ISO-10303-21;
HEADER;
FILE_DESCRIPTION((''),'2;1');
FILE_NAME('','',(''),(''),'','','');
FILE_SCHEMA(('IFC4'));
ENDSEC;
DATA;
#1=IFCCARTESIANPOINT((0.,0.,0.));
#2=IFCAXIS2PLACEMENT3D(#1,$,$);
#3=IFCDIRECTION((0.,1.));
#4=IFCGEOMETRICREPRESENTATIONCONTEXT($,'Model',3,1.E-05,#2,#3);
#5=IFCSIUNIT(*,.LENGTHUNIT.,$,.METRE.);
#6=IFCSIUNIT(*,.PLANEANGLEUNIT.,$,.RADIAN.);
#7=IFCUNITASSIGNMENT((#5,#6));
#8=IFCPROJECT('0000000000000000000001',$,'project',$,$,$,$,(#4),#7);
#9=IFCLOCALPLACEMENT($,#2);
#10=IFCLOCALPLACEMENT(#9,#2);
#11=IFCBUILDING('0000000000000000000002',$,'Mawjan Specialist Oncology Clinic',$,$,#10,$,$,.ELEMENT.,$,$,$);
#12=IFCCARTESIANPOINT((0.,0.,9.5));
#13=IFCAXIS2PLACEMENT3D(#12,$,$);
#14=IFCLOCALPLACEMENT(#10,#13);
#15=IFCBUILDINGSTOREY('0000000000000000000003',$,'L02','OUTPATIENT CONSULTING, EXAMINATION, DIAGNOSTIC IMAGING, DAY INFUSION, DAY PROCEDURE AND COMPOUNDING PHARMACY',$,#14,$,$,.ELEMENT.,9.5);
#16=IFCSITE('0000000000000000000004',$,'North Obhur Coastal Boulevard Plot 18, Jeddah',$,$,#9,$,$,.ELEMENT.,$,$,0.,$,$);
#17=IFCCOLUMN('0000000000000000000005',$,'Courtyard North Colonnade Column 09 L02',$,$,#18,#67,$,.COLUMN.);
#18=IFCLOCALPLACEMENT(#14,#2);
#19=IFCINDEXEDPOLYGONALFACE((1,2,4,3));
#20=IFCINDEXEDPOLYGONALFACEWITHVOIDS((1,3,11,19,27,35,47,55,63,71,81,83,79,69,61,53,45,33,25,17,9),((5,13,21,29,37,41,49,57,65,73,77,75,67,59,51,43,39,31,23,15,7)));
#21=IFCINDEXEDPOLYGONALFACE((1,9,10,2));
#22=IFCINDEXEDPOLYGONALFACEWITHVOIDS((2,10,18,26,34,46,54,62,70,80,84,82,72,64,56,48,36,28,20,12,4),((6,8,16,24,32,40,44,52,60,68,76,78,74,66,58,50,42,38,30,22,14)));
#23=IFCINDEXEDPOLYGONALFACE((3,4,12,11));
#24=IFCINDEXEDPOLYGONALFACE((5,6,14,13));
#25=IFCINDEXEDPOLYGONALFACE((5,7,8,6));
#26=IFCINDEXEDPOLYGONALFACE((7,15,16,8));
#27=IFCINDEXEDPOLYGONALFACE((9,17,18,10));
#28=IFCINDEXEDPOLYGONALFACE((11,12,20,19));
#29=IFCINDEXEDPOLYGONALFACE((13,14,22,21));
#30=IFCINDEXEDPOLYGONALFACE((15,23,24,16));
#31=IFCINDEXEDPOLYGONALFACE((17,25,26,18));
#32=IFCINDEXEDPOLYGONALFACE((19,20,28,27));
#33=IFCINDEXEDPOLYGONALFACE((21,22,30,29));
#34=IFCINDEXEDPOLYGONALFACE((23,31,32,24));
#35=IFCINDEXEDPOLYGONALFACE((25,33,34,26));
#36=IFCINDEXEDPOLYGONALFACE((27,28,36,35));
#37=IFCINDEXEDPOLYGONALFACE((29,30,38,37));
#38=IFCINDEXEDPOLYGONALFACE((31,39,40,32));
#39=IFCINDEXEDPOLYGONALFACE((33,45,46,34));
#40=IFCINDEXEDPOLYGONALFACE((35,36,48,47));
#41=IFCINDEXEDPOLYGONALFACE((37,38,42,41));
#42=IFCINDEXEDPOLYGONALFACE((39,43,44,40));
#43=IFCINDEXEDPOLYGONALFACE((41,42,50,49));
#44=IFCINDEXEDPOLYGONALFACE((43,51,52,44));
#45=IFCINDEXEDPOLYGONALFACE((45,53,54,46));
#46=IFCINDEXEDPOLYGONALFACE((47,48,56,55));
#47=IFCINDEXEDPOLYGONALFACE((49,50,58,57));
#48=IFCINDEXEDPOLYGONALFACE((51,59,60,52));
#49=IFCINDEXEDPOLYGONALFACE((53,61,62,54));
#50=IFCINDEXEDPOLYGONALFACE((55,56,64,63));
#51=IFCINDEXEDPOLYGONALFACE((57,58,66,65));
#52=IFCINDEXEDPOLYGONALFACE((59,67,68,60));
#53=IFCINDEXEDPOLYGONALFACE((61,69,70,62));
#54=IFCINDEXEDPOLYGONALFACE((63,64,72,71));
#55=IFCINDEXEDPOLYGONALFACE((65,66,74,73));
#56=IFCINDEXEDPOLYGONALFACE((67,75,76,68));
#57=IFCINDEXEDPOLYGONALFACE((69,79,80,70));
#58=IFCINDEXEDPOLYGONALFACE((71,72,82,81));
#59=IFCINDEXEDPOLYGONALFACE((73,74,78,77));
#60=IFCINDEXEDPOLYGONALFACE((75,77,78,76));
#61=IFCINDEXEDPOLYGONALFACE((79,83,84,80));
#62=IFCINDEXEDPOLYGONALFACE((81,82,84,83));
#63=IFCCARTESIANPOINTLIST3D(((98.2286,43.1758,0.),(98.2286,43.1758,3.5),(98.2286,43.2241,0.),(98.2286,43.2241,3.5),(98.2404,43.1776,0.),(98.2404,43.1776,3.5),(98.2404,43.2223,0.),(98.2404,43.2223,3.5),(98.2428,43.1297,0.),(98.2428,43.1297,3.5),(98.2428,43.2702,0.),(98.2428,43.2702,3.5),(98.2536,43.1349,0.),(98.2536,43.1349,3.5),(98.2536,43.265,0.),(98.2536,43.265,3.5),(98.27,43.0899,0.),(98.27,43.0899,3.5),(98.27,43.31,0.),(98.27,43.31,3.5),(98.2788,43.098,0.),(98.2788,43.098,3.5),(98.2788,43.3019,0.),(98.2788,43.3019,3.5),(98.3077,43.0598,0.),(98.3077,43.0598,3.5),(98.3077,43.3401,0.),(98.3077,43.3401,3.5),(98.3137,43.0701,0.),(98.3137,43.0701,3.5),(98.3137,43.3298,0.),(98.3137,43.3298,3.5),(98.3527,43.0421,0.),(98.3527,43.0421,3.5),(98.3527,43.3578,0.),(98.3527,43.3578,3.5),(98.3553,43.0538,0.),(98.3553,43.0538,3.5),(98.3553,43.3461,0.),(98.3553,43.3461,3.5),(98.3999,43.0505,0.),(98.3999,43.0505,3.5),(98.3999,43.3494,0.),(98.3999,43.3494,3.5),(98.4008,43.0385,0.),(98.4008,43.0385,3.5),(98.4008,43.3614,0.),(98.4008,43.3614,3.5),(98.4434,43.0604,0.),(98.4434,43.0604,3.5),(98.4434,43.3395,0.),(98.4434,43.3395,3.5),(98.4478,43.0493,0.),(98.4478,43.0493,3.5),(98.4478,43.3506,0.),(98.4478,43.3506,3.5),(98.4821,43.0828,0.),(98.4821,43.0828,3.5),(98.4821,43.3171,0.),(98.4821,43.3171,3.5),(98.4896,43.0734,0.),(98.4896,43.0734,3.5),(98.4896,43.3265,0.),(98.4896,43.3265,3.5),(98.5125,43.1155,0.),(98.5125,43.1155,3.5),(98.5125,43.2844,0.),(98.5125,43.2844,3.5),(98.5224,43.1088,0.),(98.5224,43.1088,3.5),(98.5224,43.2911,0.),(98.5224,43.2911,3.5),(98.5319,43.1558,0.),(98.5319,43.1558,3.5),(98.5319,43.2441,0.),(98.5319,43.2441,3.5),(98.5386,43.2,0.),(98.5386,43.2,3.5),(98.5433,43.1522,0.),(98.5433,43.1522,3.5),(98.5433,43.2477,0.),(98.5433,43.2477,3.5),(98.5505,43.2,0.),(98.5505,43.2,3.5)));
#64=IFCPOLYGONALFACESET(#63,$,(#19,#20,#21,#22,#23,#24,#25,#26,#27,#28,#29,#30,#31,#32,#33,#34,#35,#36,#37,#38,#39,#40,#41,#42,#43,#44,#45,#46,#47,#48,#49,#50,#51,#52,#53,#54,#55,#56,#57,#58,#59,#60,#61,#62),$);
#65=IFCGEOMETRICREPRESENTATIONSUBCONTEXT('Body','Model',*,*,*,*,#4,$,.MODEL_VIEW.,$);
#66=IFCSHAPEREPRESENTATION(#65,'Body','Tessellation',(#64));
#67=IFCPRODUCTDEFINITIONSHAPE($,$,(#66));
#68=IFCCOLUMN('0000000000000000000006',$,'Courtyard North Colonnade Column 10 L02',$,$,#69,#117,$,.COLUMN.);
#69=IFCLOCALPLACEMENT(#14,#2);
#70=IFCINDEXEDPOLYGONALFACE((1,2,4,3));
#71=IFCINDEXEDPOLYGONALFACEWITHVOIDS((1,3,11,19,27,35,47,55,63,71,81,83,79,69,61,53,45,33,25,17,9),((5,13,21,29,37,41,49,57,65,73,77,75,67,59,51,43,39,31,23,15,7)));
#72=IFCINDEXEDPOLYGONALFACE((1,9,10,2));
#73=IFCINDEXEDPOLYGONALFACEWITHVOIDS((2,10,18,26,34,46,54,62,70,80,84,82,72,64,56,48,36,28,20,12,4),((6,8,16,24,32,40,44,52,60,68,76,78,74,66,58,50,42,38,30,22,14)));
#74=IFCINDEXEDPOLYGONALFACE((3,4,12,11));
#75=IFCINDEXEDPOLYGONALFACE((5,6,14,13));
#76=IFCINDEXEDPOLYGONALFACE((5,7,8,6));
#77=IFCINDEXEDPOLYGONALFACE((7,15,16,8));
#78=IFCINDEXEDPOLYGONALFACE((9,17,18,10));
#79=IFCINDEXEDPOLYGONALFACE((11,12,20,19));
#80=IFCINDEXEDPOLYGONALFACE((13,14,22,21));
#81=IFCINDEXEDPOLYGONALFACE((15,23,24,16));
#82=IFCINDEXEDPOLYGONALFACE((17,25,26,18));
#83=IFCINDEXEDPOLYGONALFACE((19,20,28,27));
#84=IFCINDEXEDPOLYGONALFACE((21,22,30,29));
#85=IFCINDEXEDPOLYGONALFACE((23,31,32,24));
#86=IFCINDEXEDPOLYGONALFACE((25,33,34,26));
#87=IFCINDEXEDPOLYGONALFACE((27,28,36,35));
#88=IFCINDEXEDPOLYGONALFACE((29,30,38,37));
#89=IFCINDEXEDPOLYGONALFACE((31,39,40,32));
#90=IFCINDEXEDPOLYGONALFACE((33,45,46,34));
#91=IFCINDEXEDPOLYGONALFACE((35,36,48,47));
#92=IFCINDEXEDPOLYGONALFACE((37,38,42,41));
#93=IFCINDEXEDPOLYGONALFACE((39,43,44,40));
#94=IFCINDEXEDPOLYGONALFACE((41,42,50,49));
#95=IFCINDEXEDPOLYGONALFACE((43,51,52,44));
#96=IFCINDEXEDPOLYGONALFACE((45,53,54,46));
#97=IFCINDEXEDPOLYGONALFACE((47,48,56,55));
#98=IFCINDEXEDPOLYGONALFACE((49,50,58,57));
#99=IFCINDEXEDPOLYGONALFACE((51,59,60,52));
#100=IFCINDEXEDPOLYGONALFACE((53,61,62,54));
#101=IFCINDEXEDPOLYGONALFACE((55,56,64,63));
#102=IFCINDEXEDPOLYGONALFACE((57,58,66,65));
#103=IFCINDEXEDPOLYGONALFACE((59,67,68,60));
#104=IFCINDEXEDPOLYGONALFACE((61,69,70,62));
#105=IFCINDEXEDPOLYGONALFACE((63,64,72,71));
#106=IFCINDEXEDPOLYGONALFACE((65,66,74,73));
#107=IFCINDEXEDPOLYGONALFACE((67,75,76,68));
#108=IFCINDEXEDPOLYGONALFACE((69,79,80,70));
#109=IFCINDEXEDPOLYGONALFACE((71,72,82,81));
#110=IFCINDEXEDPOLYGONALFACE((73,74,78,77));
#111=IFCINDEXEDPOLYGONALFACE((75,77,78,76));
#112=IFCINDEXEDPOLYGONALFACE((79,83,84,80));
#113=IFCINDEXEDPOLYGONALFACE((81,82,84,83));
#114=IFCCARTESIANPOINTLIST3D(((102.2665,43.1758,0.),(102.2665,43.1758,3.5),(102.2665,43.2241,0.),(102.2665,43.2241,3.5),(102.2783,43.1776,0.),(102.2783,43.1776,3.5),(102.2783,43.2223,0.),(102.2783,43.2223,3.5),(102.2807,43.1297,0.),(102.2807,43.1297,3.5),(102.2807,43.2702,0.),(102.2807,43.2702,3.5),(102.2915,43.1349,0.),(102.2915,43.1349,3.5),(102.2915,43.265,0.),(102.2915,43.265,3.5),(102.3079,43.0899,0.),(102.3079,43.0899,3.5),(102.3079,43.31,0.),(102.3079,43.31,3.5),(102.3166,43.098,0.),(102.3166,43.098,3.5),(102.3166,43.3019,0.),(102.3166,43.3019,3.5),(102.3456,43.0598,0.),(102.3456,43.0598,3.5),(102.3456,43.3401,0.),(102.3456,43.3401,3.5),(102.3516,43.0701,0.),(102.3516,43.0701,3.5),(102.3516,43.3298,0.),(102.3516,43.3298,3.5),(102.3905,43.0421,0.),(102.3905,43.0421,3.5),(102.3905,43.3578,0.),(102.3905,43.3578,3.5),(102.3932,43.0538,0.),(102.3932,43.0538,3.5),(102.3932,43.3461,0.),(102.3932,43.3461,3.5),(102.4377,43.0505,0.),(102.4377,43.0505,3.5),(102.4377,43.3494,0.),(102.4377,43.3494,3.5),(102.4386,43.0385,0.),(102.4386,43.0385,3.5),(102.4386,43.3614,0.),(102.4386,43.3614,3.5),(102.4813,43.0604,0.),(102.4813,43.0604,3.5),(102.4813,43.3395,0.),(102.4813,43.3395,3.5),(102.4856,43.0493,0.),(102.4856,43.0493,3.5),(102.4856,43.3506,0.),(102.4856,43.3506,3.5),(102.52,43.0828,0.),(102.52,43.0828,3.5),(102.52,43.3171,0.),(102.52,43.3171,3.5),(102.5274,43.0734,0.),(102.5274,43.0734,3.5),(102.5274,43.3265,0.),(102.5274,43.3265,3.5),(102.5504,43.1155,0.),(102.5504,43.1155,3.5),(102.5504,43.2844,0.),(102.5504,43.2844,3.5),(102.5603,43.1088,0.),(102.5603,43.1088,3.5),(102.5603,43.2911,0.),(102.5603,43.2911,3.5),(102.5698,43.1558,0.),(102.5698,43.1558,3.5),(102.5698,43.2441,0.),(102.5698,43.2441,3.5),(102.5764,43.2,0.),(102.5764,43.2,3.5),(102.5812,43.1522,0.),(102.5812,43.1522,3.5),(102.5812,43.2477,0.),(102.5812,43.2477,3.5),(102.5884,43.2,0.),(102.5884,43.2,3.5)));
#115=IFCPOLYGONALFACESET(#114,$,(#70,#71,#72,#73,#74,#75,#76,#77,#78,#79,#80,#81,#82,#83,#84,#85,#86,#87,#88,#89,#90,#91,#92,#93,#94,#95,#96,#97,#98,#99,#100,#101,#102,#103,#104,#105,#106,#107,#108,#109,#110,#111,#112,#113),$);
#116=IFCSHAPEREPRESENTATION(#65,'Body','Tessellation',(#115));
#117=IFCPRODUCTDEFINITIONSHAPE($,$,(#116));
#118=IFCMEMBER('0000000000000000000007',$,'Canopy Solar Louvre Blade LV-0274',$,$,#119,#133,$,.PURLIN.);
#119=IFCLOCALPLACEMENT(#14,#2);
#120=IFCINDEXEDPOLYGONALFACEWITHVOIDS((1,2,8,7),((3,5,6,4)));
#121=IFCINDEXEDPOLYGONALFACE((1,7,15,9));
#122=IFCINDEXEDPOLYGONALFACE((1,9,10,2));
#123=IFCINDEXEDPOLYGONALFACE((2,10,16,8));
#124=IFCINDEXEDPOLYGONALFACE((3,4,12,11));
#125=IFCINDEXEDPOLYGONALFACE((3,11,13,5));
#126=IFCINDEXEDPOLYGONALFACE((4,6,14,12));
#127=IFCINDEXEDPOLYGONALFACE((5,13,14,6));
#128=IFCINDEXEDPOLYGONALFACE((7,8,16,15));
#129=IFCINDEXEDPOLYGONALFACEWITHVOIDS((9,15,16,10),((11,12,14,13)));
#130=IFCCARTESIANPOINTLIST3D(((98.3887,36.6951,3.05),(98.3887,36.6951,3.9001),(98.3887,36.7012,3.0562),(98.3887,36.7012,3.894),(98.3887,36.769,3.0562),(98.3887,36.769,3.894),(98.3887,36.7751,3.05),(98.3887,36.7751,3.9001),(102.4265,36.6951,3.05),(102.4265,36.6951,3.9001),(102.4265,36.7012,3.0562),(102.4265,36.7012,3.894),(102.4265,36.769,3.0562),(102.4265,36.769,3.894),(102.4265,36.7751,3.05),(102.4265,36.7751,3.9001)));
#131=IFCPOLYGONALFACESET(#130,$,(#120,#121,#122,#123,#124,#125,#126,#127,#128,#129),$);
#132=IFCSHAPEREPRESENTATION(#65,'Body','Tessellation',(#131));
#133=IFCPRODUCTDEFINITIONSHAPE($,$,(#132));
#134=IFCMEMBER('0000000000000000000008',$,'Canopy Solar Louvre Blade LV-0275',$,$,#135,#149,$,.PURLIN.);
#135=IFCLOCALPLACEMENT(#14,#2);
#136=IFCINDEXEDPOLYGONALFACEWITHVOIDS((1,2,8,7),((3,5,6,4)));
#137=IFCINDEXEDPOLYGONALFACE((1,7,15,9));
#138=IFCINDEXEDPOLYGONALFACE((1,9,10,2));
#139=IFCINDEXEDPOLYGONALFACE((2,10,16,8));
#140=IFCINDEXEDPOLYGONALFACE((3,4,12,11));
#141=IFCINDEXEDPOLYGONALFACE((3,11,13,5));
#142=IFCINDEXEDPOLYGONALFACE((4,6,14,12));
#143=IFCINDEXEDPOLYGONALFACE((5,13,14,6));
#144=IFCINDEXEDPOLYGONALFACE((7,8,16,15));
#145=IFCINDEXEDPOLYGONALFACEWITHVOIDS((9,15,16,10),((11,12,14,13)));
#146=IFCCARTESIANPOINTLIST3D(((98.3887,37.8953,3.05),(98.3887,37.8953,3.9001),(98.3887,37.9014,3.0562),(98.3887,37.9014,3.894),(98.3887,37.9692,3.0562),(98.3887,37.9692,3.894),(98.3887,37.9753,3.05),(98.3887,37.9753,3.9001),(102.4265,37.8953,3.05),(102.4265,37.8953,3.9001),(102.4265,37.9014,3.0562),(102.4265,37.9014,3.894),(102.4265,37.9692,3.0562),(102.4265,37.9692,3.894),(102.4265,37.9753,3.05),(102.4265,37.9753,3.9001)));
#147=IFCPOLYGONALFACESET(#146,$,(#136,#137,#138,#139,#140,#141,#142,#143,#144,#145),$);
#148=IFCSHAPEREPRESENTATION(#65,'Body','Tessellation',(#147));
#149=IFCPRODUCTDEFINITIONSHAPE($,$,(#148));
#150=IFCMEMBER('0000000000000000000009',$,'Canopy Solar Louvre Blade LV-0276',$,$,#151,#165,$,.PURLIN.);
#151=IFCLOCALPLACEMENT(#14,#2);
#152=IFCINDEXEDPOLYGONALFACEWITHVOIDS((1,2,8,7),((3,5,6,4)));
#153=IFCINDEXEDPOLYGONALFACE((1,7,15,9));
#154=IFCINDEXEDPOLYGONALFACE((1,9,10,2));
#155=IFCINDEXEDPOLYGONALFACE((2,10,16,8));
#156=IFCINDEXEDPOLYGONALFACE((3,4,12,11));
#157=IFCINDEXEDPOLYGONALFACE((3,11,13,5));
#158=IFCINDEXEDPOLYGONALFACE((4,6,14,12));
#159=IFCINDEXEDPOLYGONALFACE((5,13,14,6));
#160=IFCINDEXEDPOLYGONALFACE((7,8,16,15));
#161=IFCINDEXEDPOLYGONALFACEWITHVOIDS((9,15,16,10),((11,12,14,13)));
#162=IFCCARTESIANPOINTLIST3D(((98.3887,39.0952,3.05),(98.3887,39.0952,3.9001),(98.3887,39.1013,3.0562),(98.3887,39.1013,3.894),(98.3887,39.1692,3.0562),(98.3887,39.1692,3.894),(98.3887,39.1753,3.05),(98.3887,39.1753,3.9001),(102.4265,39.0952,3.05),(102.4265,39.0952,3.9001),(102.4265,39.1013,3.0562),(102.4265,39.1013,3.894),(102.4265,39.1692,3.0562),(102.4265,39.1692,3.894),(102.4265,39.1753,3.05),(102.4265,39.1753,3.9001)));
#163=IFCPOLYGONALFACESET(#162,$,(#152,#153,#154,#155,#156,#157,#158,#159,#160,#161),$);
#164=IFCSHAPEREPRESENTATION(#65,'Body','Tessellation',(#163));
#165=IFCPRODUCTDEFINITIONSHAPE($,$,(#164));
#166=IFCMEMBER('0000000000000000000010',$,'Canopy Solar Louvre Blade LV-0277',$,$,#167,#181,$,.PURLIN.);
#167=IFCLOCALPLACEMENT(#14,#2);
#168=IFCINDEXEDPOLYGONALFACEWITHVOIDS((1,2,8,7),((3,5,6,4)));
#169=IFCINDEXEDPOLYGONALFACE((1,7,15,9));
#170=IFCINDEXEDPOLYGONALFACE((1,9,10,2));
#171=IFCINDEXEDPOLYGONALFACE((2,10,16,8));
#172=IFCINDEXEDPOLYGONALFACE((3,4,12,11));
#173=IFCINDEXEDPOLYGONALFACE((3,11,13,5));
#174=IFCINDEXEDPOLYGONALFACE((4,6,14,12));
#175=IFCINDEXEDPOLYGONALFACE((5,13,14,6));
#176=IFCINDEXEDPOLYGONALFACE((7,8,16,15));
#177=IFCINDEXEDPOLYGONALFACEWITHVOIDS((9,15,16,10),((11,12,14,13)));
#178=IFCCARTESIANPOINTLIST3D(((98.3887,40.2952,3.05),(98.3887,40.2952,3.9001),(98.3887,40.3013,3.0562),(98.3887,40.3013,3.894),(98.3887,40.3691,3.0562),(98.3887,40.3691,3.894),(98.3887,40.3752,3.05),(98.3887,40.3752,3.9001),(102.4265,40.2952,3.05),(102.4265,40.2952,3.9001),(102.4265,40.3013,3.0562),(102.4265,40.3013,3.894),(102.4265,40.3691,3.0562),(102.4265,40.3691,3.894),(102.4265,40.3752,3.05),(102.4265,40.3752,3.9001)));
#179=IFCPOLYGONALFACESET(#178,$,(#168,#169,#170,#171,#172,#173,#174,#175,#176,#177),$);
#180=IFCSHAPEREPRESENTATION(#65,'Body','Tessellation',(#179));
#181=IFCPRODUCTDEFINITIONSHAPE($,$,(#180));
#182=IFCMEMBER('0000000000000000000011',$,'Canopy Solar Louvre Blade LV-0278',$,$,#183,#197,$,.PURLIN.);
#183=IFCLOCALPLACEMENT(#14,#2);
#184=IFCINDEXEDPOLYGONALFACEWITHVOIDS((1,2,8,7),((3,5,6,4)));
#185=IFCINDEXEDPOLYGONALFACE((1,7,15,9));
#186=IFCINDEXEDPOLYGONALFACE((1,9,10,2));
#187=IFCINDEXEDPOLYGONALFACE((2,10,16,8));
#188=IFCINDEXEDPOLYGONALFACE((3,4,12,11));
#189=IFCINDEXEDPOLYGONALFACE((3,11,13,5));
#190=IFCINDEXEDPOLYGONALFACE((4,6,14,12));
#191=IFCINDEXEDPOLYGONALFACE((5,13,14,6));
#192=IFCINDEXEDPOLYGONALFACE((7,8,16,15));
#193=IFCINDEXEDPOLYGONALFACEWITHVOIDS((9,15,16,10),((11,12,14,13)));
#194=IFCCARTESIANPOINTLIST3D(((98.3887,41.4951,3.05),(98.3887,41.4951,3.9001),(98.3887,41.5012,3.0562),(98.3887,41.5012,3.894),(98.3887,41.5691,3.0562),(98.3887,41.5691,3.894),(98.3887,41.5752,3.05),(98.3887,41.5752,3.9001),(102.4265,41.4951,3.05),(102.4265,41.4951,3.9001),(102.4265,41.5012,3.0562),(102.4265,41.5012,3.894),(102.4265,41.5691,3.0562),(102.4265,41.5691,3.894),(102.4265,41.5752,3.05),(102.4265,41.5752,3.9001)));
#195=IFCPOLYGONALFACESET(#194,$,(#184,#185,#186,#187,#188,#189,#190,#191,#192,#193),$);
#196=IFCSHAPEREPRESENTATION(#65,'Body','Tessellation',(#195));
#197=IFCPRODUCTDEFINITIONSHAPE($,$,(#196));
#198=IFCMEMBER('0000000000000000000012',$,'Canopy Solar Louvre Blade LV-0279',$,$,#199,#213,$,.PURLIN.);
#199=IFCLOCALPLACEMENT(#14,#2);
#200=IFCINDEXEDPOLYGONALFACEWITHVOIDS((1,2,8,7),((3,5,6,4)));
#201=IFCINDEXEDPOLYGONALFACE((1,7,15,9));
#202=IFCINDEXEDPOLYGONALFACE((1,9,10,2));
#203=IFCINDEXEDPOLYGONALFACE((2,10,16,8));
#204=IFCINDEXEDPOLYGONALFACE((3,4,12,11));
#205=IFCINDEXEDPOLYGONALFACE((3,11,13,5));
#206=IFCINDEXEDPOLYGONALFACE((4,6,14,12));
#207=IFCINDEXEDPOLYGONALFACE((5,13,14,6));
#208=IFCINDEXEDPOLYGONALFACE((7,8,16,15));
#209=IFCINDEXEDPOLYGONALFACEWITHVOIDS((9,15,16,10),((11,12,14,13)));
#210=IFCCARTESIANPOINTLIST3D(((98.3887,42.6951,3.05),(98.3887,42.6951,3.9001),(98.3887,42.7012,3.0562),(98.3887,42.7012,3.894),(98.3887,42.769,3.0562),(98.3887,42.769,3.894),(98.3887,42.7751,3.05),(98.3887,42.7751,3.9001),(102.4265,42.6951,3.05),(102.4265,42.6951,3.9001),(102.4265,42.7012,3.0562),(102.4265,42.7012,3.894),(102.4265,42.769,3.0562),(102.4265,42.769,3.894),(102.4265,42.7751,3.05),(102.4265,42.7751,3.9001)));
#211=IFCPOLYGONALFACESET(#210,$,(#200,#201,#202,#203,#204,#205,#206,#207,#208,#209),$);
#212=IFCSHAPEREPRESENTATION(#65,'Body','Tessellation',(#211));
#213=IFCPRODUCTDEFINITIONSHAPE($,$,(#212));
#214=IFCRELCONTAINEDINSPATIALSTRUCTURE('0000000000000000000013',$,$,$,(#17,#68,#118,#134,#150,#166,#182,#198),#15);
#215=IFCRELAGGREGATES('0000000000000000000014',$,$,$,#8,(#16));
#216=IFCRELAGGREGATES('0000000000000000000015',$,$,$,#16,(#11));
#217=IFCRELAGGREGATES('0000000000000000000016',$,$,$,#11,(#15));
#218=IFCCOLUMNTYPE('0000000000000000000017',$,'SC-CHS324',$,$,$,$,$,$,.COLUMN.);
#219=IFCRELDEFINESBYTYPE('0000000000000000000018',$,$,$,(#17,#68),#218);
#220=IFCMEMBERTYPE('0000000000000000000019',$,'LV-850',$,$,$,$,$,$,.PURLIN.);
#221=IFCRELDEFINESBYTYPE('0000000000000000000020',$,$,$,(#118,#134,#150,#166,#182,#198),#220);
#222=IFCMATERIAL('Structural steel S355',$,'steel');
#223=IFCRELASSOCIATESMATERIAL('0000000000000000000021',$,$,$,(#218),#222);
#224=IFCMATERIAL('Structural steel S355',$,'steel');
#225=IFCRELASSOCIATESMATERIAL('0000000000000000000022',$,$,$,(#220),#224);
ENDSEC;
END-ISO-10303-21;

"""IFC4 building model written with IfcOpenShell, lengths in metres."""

from ifc_helpers import new_model, si_unit, direction, frame, origin, origin_2d, place, context, subcontext, project, spatial, hollow_rectangle, hollow_circle, extrude, material, material_profile, profile_set, type_object, element, save


model = new_model("IFC4")

# Units and contexts
model_context = context("Model", 3, precision=1e-05, world=origin(), true_north=direction((0.0, 1.0)))
body_context = subcontext(model_context, "Body", "Model", "MODEL_VIEW")
ifc_project = project(units=[si_unit("LENGTHUNIT", "METRE"), si_unit("PLANEANGLEUNIT", "RADIAN")], contexts=[model_context])

# Site, building, storey
site_placement = place(None, origin())
site = spatial("IfcSite", under=ifc_project, at=site_placement, Name="North Obhur Coastal Boulevard Plot 18, Jeddah", CompositionType="ELEMENT", RefElevation=0.0)
building_placement = place(site_placement, origin())
building = spatial("IfcBuilding", under=site, at=building_placement, Name="Mawjan Specialist Oncology Clinic", CompositionType="ELEMENT")
storey_placement = place(building_placement, frame((0.0, 0.0, 9.5)))
storey = spatial("IfcBuildingStorey", under=building, at=storey_placement, Name="L02", Description="OUTPATIENT CONSULTING, EXAMINATION, DIAGNOSTIC IMAGING, DAY INFUSION, DAY PROCEDURE AND COMPOUNDING PHARMACY", CompositionType="ELEMENT", Elevation=9.5)

# Columns
ifc_material_1 = material(Name="Structural steel S355", Category="steel")
ifc_material_profile_1 = material_profile(ifc_material_1, hollow_circle(Radius=0.1619, WallThickness=0.012, at=origin_2d()), Name="CHS 323.9x12", Category="steel")
ifc_profile_set_1 = profile_set([ifc_material_profile_1], Name="Structural steel S355")
column_type = type_object("IfcColumnType", Name="SC-CHS324", PredefinedType="COLUMN", material=ifc_profile_set_1)
for number, where, z_axis, x_axis, name in (
    (1, (98.3887, 43.2, 0.0), (0.0, 0.0, 1.0), (1.0, 0.0, 0.0), "Courtyard North Colonnade Column 09 L02"),
    (2, (102.4265, 43.2, 0.0), (0.0, 0.0, 1.0), (1.0, 0.0, 0.0), "Courtyard North Colonnade Column 10 L02"),
):
    element("IfcColumn", number, at=place(storey_placement, frame(where, z_axis=z_axis, x_axis=x_axis)), inside=storey, type_object=column_type, Name=name, PredefinedType="COLUMN", context=body_context, shape_type="SweptSolid", body=[
        extrude(hollow_circle(Radius=0.1619, WallThickness=0.012, at=origin_2d()), origin(), (0.0, 0.0, 1.0), 3.5),
    ])

# Members
ifc_material_2 = material(Name="Structural steel S355", Category="steel")
ifc_material_profile_2 = material_profile(ifc_material_2, hollow_rectangle(XDim=0.0801, YDim=0.8501, WallThickness=0.0061, at=origin_2d()), Name="LOUVRE 850x80x6", Category="steel")
ifc_profile_set_2 = profile_set([ifc_material_profile_2], Name="Structural steel S355")
member_type = type_object("IfcMemberType", Name="LV-850", PredefinedType="PURLIN", material=ifc_profile_set_2)
for number, where, z_axis, x_axis, name in (
    (3, (98.3887, 36.7351, 3.4751), (1.0, 0.0, 0.0), (0.0, 1.0, 0.0), "Canopy Solar Louvre Blade LV-0274"),
    (4, (98.3887, 37.9353, 3.4751), (1.0, 0.0, 0.0), (0.0, 1.0, 0.0), "Canopy Solar Louvre Blade LV-0275"),
    (5, (98.3887, 39.1353, 3.4751), (1.0, 0.0, 0.0), (0.0, 1.0, 0.0), "Canopy Solar Louvre Blade LV-0276"),
    (6, (98.3887, 40.3352, 3.4751), (1.0, 0.0, 0.0), (0.0, 1.0, 0.0), "Canopy Solar Louvre Blade LV-0277"),
    (7, (98.3887, 41.5352, 3.4751), (1.0, 0.0, 0.0), (0.0, 1.0, 0.0), "Canopy Solar Louvre Blade LV-0278"),
    (8, (98.3887, 42.7351, 3.4751), (1.0, 0.0, 0.0), (0.0, 1.0, 0.0), "Canopy Solar Louvre Blade LV-0279"),
):
    element("IfcMember", number, at=place(storey_placement, frame(where, z_axis=z_axis, x_axis=x_axis)), inside=storey, type_object=member_type, Name=name, PredefinedType="PURLIN", context=body_context, shape_type="SweptSolid", body=[
        extrude(hollow_rectangle(XDim=0.0801, YDim=0.8501, WallThickness=0.0061, at=origin_2d()), origin(), (0.0, 0.0, 1.0), 4.0378),
    ])

save(model, "model.ifc")
